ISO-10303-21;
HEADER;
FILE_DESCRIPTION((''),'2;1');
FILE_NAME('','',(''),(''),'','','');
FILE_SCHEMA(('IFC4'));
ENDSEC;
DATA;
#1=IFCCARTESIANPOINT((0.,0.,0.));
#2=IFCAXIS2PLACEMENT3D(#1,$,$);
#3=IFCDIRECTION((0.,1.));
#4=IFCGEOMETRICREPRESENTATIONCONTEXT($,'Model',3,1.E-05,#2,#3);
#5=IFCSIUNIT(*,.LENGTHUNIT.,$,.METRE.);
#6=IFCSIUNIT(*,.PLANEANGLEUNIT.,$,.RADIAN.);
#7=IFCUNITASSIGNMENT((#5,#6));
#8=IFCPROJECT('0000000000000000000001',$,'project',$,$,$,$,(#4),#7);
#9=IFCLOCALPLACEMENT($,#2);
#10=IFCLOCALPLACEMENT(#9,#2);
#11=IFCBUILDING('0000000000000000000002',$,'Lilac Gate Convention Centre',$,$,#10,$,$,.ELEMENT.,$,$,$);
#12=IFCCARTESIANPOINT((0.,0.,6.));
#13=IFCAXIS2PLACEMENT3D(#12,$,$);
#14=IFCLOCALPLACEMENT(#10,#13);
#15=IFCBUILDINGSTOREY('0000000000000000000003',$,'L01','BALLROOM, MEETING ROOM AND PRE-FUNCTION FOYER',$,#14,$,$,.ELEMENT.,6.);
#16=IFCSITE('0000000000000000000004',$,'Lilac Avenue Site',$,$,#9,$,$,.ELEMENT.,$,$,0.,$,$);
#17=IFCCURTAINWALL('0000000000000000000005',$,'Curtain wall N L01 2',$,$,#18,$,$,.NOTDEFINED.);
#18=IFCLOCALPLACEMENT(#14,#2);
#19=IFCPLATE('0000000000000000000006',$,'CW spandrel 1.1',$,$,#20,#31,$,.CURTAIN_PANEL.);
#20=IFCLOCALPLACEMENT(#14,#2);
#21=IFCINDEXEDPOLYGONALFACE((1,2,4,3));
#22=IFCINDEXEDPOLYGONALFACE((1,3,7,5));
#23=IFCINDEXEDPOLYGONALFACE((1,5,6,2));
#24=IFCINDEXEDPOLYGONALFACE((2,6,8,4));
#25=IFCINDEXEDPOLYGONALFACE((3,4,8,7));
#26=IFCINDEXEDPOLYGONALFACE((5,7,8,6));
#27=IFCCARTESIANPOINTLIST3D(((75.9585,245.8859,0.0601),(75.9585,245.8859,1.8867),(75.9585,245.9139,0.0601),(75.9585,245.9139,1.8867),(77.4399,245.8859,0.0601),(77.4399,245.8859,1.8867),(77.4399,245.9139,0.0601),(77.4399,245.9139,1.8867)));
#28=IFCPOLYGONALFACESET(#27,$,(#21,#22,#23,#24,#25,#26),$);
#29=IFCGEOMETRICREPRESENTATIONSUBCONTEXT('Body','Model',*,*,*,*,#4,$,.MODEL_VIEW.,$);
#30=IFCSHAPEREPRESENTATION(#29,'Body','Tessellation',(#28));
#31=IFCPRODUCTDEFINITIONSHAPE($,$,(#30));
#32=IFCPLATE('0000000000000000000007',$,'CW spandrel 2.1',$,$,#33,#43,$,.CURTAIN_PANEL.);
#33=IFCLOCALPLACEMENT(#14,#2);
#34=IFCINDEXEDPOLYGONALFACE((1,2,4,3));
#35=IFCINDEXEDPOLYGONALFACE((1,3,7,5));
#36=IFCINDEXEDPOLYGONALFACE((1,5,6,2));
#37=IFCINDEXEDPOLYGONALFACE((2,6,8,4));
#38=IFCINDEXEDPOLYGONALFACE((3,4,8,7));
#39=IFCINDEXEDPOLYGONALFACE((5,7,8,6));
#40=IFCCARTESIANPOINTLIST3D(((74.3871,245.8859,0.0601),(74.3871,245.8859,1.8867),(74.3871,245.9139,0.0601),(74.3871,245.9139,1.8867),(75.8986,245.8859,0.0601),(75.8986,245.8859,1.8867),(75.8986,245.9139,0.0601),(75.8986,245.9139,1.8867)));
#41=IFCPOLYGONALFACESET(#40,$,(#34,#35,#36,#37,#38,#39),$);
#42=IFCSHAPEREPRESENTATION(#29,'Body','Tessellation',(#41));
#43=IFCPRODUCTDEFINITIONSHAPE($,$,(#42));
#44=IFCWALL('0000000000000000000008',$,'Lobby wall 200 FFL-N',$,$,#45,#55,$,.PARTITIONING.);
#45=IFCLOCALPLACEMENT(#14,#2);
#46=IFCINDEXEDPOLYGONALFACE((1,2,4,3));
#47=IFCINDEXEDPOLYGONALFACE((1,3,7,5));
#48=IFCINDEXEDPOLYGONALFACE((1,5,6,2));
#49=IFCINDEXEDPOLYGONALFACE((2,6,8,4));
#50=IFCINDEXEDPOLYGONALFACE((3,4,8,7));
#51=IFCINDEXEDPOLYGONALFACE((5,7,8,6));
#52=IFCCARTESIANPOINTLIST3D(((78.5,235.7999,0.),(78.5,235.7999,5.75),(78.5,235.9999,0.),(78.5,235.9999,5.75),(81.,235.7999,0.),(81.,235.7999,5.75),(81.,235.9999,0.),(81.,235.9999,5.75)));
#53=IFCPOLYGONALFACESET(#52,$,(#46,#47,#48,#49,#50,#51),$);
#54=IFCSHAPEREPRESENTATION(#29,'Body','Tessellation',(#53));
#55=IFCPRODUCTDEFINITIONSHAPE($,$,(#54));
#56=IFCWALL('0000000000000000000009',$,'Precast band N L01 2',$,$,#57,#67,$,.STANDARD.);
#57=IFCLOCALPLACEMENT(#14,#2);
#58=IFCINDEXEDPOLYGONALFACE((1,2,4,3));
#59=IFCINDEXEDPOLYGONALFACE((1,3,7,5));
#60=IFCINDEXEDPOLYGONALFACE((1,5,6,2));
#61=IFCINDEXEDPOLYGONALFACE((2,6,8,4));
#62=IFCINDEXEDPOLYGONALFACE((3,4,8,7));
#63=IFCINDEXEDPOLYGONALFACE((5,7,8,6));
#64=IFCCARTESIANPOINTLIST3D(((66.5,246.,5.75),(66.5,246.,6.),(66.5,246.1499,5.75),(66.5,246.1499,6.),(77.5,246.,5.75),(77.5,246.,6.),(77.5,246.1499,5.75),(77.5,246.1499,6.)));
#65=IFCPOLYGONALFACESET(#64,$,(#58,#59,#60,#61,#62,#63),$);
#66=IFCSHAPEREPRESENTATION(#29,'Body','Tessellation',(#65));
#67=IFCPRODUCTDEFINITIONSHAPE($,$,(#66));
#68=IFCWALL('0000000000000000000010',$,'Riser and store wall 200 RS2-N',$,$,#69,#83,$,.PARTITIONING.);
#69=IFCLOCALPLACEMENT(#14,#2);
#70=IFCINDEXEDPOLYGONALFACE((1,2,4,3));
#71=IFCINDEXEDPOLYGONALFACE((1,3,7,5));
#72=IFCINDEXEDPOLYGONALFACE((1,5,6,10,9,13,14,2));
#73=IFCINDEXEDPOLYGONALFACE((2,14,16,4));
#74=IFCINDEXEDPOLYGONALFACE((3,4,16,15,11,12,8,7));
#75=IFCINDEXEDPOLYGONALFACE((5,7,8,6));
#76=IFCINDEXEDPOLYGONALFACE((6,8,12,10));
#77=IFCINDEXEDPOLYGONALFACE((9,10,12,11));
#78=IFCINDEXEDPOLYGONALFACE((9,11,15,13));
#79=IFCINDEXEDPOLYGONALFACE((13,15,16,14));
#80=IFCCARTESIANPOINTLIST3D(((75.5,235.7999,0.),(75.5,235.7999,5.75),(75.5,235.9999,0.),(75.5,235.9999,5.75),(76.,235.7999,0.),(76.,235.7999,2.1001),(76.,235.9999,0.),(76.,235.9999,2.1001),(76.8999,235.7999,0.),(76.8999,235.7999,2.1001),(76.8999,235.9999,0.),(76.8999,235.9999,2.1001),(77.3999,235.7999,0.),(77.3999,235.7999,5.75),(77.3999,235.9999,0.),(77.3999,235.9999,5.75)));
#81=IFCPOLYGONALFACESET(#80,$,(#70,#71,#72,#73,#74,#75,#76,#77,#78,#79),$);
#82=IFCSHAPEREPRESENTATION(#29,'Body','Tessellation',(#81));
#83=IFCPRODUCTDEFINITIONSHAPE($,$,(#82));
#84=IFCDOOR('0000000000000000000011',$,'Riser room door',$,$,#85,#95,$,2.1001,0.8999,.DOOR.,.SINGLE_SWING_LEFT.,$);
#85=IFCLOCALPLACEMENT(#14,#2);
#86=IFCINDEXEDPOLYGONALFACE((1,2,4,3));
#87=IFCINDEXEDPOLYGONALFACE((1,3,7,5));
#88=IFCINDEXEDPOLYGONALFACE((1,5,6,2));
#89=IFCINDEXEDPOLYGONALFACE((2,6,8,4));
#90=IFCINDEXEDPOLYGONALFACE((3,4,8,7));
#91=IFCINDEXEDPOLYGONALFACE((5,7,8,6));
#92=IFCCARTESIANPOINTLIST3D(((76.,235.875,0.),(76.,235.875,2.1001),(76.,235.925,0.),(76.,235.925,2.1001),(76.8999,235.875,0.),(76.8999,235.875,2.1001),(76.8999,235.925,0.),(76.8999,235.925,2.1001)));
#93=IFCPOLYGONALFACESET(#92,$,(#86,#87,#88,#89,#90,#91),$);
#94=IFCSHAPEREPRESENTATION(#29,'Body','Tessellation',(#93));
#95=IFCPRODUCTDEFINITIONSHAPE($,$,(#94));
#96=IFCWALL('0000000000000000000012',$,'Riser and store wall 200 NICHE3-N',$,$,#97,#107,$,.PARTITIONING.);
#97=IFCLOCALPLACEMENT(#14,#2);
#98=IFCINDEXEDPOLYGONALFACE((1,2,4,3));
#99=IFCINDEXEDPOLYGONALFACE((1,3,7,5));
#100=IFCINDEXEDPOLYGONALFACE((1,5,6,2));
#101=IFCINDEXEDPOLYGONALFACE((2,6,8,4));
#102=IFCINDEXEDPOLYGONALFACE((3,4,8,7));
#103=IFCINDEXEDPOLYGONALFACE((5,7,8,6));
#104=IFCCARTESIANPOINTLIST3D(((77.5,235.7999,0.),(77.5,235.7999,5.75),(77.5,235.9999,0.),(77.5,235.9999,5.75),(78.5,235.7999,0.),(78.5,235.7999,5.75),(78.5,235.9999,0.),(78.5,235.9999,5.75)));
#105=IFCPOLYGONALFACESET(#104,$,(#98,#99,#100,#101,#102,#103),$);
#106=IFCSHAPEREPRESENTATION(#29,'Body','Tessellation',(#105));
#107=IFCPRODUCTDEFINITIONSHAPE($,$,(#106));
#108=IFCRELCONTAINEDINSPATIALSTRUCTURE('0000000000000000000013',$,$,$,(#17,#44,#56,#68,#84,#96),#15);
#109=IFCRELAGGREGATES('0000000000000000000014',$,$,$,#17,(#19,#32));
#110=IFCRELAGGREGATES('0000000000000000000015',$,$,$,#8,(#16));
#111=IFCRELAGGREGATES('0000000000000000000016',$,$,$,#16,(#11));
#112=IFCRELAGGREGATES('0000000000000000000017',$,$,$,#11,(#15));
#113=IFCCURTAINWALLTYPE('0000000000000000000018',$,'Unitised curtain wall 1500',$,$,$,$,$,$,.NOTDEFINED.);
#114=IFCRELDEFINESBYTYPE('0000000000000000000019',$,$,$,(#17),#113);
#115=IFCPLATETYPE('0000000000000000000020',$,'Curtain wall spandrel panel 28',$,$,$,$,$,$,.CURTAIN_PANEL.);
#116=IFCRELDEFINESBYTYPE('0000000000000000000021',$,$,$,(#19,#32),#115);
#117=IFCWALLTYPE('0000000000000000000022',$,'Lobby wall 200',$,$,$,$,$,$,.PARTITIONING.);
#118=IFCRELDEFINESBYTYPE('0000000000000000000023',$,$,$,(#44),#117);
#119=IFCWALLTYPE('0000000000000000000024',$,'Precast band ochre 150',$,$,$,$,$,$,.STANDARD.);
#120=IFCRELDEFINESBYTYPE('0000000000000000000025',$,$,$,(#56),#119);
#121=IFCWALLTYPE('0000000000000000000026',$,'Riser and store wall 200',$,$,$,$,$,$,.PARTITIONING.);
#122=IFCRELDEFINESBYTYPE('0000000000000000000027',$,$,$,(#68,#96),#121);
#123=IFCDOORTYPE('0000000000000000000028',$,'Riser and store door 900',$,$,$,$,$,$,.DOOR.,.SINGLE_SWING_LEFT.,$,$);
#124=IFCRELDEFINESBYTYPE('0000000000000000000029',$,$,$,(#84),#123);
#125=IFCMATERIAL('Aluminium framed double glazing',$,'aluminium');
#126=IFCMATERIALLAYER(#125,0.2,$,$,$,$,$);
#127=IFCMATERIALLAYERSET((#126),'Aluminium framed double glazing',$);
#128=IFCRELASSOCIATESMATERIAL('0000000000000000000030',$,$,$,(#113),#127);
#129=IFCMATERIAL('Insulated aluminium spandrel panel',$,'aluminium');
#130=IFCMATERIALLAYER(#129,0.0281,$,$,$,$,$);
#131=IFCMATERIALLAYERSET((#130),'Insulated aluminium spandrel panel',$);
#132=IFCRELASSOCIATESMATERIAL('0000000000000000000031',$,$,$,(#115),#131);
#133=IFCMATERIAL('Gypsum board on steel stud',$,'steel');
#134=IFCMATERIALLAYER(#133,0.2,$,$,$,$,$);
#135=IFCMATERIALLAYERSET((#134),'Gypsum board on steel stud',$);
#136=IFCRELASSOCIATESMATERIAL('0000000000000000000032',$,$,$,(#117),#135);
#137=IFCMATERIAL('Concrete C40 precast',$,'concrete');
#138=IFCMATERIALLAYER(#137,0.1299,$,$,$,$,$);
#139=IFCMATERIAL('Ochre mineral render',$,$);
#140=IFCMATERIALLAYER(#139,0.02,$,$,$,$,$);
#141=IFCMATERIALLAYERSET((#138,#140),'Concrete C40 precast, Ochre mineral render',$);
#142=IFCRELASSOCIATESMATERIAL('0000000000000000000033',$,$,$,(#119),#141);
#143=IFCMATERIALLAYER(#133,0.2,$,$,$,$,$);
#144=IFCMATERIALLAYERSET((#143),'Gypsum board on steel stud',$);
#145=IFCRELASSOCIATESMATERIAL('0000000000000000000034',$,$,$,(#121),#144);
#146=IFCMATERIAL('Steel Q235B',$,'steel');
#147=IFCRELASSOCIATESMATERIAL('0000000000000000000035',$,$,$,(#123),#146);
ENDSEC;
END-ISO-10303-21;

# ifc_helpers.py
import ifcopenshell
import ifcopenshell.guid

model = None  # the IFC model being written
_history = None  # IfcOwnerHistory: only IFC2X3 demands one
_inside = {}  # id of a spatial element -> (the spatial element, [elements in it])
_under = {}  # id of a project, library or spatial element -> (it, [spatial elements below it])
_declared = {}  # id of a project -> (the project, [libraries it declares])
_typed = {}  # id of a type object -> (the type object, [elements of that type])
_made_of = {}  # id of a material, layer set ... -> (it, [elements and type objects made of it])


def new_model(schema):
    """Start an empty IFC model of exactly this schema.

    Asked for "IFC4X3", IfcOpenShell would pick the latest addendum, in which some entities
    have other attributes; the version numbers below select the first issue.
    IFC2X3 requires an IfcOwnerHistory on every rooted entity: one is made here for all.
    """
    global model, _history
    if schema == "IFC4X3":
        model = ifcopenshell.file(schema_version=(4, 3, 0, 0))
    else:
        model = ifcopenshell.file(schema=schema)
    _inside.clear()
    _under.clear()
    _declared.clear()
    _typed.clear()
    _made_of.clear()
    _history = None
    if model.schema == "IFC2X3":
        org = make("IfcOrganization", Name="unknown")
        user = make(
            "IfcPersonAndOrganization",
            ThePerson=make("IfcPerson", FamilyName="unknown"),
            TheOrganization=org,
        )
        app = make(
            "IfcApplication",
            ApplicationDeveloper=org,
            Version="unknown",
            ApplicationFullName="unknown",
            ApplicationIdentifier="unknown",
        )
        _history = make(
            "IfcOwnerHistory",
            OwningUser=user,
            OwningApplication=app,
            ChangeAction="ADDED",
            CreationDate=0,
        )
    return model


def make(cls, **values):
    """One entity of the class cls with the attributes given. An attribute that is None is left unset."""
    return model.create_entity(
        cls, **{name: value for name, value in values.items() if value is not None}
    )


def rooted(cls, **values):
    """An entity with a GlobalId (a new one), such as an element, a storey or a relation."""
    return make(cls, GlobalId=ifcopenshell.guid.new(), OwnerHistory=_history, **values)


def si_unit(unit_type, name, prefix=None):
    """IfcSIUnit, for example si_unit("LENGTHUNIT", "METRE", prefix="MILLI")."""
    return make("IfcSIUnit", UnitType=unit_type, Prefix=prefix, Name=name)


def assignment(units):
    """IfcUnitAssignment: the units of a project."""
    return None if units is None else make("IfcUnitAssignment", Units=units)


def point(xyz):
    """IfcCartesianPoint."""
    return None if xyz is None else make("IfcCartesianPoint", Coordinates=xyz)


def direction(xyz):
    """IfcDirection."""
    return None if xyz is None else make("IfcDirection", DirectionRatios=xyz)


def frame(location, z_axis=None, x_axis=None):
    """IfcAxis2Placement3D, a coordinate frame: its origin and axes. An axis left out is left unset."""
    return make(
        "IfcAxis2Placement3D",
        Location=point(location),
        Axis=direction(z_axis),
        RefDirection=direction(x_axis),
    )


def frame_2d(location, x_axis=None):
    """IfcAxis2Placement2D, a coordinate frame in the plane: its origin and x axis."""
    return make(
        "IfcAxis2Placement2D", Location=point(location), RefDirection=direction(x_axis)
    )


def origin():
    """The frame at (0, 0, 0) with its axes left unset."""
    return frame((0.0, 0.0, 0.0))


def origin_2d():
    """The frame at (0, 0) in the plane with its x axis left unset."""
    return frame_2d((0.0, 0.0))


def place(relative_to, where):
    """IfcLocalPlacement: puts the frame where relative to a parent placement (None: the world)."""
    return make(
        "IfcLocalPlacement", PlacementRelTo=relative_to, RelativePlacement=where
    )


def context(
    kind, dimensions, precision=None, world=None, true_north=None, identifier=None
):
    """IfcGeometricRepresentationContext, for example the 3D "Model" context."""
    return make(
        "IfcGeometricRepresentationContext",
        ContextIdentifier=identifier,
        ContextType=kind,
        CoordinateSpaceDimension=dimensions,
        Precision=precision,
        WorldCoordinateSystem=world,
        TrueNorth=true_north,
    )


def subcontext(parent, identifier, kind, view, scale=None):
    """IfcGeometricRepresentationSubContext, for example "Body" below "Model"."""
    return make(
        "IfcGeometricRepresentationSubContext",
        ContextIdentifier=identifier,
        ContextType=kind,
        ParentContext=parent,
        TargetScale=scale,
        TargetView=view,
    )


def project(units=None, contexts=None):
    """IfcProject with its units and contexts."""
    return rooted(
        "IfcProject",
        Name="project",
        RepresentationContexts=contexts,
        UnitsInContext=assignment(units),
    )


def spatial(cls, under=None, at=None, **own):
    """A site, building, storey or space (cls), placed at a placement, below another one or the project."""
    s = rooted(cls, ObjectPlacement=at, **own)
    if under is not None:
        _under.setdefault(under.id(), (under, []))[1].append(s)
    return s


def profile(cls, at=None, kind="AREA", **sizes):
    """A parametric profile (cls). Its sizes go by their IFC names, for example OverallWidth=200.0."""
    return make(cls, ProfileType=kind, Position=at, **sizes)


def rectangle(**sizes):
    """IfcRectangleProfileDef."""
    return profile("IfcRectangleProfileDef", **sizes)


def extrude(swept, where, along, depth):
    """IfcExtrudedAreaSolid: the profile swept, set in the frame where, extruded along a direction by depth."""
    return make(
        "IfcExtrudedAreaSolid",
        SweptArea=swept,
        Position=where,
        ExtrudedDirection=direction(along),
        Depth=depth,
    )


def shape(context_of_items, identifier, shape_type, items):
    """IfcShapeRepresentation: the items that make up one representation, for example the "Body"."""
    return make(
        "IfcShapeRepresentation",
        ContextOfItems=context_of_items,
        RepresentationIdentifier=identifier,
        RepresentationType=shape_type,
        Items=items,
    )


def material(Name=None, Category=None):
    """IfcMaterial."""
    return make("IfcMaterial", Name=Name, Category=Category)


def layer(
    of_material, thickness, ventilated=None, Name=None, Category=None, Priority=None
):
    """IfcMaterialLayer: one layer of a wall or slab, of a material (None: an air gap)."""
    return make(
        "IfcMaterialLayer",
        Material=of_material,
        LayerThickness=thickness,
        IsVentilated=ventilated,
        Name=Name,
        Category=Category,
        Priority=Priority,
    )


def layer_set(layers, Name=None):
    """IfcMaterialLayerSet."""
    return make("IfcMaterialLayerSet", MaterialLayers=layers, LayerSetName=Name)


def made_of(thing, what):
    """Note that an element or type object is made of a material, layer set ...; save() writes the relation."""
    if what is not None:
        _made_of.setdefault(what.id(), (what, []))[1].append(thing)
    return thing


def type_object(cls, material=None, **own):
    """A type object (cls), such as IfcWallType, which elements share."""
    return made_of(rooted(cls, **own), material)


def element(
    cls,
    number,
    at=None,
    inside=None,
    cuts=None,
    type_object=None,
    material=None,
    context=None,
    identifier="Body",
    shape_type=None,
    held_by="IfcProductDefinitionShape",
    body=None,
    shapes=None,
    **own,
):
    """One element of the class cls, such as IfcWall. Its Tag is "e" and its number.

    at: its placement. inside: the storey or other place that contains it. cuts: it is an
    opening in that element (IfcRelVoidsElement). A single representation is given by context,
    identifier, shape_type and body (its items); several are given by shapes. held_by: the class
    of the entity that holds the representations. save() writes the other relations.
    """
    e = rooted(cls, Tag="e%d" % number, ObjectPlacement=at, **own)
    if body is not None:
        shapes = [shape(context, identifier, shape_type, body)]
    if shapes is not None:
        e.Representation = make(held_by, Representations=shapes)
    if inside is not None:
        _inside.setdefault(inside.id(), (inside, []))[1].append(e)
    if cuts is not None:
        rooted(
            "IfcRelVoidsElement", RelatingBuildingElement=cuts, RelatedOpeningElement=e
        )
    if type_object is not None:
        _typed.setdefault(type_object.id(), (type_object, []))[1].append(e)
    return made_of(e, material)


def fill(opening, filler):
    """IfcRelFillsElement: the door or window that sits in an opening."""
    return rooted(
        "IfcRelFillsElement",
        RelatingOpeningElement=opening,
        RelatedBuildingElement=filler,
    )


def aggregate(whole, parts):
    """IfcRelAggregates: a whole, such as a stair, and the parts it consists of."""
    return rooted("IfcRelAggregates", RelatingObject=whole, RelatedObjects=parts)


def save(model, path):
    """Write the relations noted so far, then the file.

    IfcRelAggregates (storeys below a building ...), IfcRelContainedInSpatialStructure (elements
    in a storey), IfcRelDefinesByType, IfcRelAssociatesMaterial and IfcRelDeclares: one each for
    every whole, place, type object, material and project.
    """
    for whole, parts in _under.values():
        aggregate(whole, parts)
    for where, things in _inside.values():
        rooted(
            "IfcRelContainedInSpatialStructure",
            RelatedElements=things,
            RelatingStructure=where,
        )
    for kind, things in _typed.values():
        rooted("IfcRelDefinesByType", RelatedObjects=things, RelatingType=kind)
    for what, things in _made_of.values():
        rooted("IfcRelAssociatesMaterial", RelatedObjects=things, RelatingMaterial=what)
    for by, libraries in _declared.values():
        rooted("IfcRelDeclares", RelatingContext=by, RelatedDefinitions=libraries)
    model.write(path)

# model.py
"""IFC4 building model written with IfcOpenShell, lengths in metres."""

from ifc_helpers import new_model, si_unit, direction, frame, frame_2d, origin, origin_2d, place, context, subcontext, project, spatial, rectangle, extrude, material, layer, layer_set, type_object, element, fill, aggregate, save


model = new_model("IFC4")

# Units and contexts
model_context = context("Model", 3, precision=1e-05, world=origin(), true_north=direction((0.0, 1.0)))
body_context = subcontext(model_context, "Body", "Model", "MODEL_VIEW")
ifc_project = project(units=[si_unit("LENGTHUNIT", "METRE"), si_unit("PLANEANGLEUNIT", "RADIAN")], contexts=[model_context])

# Site, building, storey
site_placement = place(None, origin())
site = spatial("IfcSite", under=ifc_project, at=site_placement, Name="Lilac Avenue Site", CompositionType="ELEMENT", RefElevation=0.0)
building_placement = place(site_placement, origin())
building = spatial("IfcBuilding", under=site, at=building_placement, Name="Lilac Gate Convention Centre", CompositionType="ELEMENT")
storey_placement = place(building_placement, frame((0.0, 0.0, 6.0)))
storey = spatial("IfcBuildingStorey", under=building, at=storey_placement, Name="L01", Description="BALLROOM, MEETING ROOM AND PRE-FUNCTION FOYER", CompositionType="ELEMENT", Elevation=6.0)

# Curtain wall
ifc_material_1 = material(Name="Aluminium framed double glazing", Category="aluminium")
ifc_layer_1 = layer(ifc_material_1, 0.2)
ifc_layer_set_1 = layer_set([ifc_layer_1], Name="Aluminium framed double glazing")
curtain_wall_type = type_object("IfcCurtainWallType", Name="Unitised curtain wall 1500", PredefinedType="NOTDEFINED", material=ifc_layer_set_1)
curtain_wall_1_placement = place(storey_placement, origin())
curtain_wall_1 = element("IfcCurtainWall", 1, at=curtain_wall_1_placement, inside=storey, type_object=curtain_wall_type, Name="Curtain wall N L01 2", PredefinedType="NOTDEFINED")

# Plates
ifc_material_2 = material(Name="Insulated aluminium spandrel panel", Category="aluminium")
ifc_layer_2 = layer(ifc_material_2, 0.0281)
ifc_layer_set_2 = layer_set([ifc_layer_2], Name="Insulated aluminium spandrel panel")
plate_type_1 = type_object("IfcPlateType", Name="Curtain wall spandrel panel 28", PredefinedType="CURTAIN_PANEL", material=ifc_layer_set_2)
plate_1_placement = place(storey_placement, frame((76.6992, 245.8999, 0.0601), z_axis=(0.0, 0.0, 1.0), x_axis=(-1.0, 0.0, 0.0)))
plate_1 = element("IfcPlate", 2, at=plate_1_placement, type_object=plate_type_1, Name="CW spandrel 1.1", PredefinedType="CURTAIN_PANEL", context=body_context, shape_type="SweptSolid", body=[
    extrude(rectangle(XDim=1.4814, YDim=0.0281, at=origin_2d()), origin(), (0.0, 0.0, 1.0), 1.8267),
])
plate_2_placement = place(storey_placement, frame((75.1428, 245.8999, 0.0601), z_axis=(0.0, 0.0, 1.0), x_axis=(-1.0, 0.0, 0.0)))
plate_2 = element("IfcPlate", 3, at=plate_2_placement, type_object=plate_type_1, Name="CW spandrel 2.1", PredefinedType="CURTAIN_PANEL", context=body_context, shape_type="SweptSolid", body=[
    extrude(rectangle(XDim=1.5115, YDim=0.0281, at=origin_2d()), origin(), (0.0, 0.0, 1.0), 1.8267),
])
aggregate(curtain_wall_1, [plate_1, plate_2])

# Walls
ifc_material_3 = material(Name="Gypsum board on steel stud", Category="steel")
ifc_layer_3 = layer(ifc_material_3, 0.2)
ifc_layer_set_3 = layer_set([ifc_layer_3], Name="Gypsum board on steel stud")
wall_type_1 = type_object("IfcWallType", Name="Lobby wall 200", PredefinedType="PARTITIONING", material=ifc_layer_set_3)
wall_1_placement = place(storey_placement, frame((78.5, 235.8999, 0.0), z_axis=(0.0, 0.0, 1.0), x_axis=(1.0, 0.0, 0.0)))
element("IfcWall", 4, at=wall_1_placement, inside=storey, type_object=wall_type_1, Name="Lobby wall 200 FFL-N", PredefinedType="PARTITIONING", context=body_context, shape_type="SweptSolid", body=[
    extrude(rectangle(XDim=2.5, YDim=0.2, at=frame_2d((1.25, 0.0))), origin(), (0.0, 0.0, 1.0), 5.75),
])
ifc_material_4 = material(Name="Concrete C40 precast", Category="concrete")
ifc_layer_4 = layer(ifc_material_4, 0.1299)
ifc_material_5 = material(Name="Ochre mineral render")
ifc_layer_5 = layer(ifc_material_5, 0.02)
ifc_layer_set_4 = layer_set([ifc_layer_4, ifc_layer_5], Name="Concrete C40 precast, Ochre mineral render")
wall_type_2 = type_object("IfcWallType", Name="Precast band ochre 150", PredefinedType="STANDARD", material=ifc_layer_set_4)
wall_2_placement = place(storey_placement, frame((77.5, 246.075, 5.75), z_axis=(0.0, 0.0, 1.0), x_axis=(-1.0, 0.0, 0.0)))
element("IfcWall", 5, at=wall_2_placement, inside=storey, type_object=wall_type_2, Name="Precast band N L01 2", PredefinedType="STANDARD", context=body_context, shape_type="SweptSolid", body=[
    extrude(rectangle(XDim=11.0, YDim=0.1499, at=frame_2d((5.5, 0.0))), origin(), (0.0, 0.0, 1.0), 0.25),
])

# Wall, opening, door
ifc_layer_6 = layer(ifc_material_3, 0.2)
ifc_layer_set_5 = layer_set([ifc_layer_6], Name="Gypsum board on steel stud")
wall_type_3 = type_object("IfcWallType", Name="Riser and store wall 200", PredefinedType="PARTITIONING", material=ifc_layer_set_5)
wall_3_placement = place(storey_placement, frame((77.3999, 235.8999, 0.0), z_axis=(0.0, 0.0, 1.0), x_axis=(-1.0, 0.0, 0.0)))
wall_3 = element("IfcWall", 6, at=wall_3_placement, inside=storey, type_object=wall_type_3, Name="Riser and store wall 200 RS2-N", PredefinedType="PARTITIONING", context=body_context, shape_type="SweptSolid", body=[
    extrude(rectangle(XDim=1.8999, YDim=0.2, at=frame_2d((0.95, 0.0))), origin(), (0.0, 0.0, 1.0), 5.75),
])
opening_placement = place(wall_3_placement, frame((0.5, 0.0, 0.0)))
opening = element("IfcOpeningElement", 7, at=opening_placement, cuts=wall_3, PredefinedType="OPENING", context=body_context, shape_type="SweptSolid", body=[
    extrude(rectangle(XDim=0.8999, YDim=2.1001, at=frame_2d((0.45, 1.05))), frame((0.0, 0.1099, 0.0), z_axis=(0.0, -1.0, 0.0), x_axis=(1.0, 0.0, 0.0)), (0.0, 0.0, 1.0), 0.22),
])
ifc_material_6 = material(Name="Steel Q235B", Category="steel")
door_type = type_object("IfcDoorType", Name="Riser and store door 900", OperationType="SINGLE_SWING_LEFT", PredefinedType="DOOR", material=ifc_material_6)
door_placement = place(opening_placement, origin())
door = element("IfcDoor", 8, at=door_placement, inside=storey, type_object=door_type, Name="Riser room door", OperationType="SINGLE_SWING_LEFT", OverallHeight=2.1001, OverallWidth=0.8999, PredefinedType="DOOR", context=body_context, shape_type="SweptSolid", body=[
    extrude(rectangle(XDim=0.8999, YDim=2.1001, at=frame_2d((0.45, 1.05))), frame((0.0, 0.0249, 0.0), z_axis=(0.0, -1.0, 0.0), x_axis=(1.0, 0.0, 0.0)), (0.0, 0.0, 1.0), 0.05),
])
fill(opening, door)

# Wall
wall_4_placement = place(storey_placement, frame((77.5, 235.8999, 0.0), z_axis=(0.0, 0.0, 1.0), x_axis=(1.0, 0.0, 0.0)))
element("IfcWall", 9, at=wall_4_placement, inside=storey, type_object=wall_type_3, Name="Riser and store wall 200 NICHE3-N", PredefinedType="PARTITIONING", context=body_context, shape_type="SweptSolid", body=[
    extrude(rectangle(XDim=1.0, YDim=0.2, at=frame_2d((0.5, 0.0))), origin(), (0.0, 0.0, 1.0), 5.75),
])

save(model, "model.ifc")
